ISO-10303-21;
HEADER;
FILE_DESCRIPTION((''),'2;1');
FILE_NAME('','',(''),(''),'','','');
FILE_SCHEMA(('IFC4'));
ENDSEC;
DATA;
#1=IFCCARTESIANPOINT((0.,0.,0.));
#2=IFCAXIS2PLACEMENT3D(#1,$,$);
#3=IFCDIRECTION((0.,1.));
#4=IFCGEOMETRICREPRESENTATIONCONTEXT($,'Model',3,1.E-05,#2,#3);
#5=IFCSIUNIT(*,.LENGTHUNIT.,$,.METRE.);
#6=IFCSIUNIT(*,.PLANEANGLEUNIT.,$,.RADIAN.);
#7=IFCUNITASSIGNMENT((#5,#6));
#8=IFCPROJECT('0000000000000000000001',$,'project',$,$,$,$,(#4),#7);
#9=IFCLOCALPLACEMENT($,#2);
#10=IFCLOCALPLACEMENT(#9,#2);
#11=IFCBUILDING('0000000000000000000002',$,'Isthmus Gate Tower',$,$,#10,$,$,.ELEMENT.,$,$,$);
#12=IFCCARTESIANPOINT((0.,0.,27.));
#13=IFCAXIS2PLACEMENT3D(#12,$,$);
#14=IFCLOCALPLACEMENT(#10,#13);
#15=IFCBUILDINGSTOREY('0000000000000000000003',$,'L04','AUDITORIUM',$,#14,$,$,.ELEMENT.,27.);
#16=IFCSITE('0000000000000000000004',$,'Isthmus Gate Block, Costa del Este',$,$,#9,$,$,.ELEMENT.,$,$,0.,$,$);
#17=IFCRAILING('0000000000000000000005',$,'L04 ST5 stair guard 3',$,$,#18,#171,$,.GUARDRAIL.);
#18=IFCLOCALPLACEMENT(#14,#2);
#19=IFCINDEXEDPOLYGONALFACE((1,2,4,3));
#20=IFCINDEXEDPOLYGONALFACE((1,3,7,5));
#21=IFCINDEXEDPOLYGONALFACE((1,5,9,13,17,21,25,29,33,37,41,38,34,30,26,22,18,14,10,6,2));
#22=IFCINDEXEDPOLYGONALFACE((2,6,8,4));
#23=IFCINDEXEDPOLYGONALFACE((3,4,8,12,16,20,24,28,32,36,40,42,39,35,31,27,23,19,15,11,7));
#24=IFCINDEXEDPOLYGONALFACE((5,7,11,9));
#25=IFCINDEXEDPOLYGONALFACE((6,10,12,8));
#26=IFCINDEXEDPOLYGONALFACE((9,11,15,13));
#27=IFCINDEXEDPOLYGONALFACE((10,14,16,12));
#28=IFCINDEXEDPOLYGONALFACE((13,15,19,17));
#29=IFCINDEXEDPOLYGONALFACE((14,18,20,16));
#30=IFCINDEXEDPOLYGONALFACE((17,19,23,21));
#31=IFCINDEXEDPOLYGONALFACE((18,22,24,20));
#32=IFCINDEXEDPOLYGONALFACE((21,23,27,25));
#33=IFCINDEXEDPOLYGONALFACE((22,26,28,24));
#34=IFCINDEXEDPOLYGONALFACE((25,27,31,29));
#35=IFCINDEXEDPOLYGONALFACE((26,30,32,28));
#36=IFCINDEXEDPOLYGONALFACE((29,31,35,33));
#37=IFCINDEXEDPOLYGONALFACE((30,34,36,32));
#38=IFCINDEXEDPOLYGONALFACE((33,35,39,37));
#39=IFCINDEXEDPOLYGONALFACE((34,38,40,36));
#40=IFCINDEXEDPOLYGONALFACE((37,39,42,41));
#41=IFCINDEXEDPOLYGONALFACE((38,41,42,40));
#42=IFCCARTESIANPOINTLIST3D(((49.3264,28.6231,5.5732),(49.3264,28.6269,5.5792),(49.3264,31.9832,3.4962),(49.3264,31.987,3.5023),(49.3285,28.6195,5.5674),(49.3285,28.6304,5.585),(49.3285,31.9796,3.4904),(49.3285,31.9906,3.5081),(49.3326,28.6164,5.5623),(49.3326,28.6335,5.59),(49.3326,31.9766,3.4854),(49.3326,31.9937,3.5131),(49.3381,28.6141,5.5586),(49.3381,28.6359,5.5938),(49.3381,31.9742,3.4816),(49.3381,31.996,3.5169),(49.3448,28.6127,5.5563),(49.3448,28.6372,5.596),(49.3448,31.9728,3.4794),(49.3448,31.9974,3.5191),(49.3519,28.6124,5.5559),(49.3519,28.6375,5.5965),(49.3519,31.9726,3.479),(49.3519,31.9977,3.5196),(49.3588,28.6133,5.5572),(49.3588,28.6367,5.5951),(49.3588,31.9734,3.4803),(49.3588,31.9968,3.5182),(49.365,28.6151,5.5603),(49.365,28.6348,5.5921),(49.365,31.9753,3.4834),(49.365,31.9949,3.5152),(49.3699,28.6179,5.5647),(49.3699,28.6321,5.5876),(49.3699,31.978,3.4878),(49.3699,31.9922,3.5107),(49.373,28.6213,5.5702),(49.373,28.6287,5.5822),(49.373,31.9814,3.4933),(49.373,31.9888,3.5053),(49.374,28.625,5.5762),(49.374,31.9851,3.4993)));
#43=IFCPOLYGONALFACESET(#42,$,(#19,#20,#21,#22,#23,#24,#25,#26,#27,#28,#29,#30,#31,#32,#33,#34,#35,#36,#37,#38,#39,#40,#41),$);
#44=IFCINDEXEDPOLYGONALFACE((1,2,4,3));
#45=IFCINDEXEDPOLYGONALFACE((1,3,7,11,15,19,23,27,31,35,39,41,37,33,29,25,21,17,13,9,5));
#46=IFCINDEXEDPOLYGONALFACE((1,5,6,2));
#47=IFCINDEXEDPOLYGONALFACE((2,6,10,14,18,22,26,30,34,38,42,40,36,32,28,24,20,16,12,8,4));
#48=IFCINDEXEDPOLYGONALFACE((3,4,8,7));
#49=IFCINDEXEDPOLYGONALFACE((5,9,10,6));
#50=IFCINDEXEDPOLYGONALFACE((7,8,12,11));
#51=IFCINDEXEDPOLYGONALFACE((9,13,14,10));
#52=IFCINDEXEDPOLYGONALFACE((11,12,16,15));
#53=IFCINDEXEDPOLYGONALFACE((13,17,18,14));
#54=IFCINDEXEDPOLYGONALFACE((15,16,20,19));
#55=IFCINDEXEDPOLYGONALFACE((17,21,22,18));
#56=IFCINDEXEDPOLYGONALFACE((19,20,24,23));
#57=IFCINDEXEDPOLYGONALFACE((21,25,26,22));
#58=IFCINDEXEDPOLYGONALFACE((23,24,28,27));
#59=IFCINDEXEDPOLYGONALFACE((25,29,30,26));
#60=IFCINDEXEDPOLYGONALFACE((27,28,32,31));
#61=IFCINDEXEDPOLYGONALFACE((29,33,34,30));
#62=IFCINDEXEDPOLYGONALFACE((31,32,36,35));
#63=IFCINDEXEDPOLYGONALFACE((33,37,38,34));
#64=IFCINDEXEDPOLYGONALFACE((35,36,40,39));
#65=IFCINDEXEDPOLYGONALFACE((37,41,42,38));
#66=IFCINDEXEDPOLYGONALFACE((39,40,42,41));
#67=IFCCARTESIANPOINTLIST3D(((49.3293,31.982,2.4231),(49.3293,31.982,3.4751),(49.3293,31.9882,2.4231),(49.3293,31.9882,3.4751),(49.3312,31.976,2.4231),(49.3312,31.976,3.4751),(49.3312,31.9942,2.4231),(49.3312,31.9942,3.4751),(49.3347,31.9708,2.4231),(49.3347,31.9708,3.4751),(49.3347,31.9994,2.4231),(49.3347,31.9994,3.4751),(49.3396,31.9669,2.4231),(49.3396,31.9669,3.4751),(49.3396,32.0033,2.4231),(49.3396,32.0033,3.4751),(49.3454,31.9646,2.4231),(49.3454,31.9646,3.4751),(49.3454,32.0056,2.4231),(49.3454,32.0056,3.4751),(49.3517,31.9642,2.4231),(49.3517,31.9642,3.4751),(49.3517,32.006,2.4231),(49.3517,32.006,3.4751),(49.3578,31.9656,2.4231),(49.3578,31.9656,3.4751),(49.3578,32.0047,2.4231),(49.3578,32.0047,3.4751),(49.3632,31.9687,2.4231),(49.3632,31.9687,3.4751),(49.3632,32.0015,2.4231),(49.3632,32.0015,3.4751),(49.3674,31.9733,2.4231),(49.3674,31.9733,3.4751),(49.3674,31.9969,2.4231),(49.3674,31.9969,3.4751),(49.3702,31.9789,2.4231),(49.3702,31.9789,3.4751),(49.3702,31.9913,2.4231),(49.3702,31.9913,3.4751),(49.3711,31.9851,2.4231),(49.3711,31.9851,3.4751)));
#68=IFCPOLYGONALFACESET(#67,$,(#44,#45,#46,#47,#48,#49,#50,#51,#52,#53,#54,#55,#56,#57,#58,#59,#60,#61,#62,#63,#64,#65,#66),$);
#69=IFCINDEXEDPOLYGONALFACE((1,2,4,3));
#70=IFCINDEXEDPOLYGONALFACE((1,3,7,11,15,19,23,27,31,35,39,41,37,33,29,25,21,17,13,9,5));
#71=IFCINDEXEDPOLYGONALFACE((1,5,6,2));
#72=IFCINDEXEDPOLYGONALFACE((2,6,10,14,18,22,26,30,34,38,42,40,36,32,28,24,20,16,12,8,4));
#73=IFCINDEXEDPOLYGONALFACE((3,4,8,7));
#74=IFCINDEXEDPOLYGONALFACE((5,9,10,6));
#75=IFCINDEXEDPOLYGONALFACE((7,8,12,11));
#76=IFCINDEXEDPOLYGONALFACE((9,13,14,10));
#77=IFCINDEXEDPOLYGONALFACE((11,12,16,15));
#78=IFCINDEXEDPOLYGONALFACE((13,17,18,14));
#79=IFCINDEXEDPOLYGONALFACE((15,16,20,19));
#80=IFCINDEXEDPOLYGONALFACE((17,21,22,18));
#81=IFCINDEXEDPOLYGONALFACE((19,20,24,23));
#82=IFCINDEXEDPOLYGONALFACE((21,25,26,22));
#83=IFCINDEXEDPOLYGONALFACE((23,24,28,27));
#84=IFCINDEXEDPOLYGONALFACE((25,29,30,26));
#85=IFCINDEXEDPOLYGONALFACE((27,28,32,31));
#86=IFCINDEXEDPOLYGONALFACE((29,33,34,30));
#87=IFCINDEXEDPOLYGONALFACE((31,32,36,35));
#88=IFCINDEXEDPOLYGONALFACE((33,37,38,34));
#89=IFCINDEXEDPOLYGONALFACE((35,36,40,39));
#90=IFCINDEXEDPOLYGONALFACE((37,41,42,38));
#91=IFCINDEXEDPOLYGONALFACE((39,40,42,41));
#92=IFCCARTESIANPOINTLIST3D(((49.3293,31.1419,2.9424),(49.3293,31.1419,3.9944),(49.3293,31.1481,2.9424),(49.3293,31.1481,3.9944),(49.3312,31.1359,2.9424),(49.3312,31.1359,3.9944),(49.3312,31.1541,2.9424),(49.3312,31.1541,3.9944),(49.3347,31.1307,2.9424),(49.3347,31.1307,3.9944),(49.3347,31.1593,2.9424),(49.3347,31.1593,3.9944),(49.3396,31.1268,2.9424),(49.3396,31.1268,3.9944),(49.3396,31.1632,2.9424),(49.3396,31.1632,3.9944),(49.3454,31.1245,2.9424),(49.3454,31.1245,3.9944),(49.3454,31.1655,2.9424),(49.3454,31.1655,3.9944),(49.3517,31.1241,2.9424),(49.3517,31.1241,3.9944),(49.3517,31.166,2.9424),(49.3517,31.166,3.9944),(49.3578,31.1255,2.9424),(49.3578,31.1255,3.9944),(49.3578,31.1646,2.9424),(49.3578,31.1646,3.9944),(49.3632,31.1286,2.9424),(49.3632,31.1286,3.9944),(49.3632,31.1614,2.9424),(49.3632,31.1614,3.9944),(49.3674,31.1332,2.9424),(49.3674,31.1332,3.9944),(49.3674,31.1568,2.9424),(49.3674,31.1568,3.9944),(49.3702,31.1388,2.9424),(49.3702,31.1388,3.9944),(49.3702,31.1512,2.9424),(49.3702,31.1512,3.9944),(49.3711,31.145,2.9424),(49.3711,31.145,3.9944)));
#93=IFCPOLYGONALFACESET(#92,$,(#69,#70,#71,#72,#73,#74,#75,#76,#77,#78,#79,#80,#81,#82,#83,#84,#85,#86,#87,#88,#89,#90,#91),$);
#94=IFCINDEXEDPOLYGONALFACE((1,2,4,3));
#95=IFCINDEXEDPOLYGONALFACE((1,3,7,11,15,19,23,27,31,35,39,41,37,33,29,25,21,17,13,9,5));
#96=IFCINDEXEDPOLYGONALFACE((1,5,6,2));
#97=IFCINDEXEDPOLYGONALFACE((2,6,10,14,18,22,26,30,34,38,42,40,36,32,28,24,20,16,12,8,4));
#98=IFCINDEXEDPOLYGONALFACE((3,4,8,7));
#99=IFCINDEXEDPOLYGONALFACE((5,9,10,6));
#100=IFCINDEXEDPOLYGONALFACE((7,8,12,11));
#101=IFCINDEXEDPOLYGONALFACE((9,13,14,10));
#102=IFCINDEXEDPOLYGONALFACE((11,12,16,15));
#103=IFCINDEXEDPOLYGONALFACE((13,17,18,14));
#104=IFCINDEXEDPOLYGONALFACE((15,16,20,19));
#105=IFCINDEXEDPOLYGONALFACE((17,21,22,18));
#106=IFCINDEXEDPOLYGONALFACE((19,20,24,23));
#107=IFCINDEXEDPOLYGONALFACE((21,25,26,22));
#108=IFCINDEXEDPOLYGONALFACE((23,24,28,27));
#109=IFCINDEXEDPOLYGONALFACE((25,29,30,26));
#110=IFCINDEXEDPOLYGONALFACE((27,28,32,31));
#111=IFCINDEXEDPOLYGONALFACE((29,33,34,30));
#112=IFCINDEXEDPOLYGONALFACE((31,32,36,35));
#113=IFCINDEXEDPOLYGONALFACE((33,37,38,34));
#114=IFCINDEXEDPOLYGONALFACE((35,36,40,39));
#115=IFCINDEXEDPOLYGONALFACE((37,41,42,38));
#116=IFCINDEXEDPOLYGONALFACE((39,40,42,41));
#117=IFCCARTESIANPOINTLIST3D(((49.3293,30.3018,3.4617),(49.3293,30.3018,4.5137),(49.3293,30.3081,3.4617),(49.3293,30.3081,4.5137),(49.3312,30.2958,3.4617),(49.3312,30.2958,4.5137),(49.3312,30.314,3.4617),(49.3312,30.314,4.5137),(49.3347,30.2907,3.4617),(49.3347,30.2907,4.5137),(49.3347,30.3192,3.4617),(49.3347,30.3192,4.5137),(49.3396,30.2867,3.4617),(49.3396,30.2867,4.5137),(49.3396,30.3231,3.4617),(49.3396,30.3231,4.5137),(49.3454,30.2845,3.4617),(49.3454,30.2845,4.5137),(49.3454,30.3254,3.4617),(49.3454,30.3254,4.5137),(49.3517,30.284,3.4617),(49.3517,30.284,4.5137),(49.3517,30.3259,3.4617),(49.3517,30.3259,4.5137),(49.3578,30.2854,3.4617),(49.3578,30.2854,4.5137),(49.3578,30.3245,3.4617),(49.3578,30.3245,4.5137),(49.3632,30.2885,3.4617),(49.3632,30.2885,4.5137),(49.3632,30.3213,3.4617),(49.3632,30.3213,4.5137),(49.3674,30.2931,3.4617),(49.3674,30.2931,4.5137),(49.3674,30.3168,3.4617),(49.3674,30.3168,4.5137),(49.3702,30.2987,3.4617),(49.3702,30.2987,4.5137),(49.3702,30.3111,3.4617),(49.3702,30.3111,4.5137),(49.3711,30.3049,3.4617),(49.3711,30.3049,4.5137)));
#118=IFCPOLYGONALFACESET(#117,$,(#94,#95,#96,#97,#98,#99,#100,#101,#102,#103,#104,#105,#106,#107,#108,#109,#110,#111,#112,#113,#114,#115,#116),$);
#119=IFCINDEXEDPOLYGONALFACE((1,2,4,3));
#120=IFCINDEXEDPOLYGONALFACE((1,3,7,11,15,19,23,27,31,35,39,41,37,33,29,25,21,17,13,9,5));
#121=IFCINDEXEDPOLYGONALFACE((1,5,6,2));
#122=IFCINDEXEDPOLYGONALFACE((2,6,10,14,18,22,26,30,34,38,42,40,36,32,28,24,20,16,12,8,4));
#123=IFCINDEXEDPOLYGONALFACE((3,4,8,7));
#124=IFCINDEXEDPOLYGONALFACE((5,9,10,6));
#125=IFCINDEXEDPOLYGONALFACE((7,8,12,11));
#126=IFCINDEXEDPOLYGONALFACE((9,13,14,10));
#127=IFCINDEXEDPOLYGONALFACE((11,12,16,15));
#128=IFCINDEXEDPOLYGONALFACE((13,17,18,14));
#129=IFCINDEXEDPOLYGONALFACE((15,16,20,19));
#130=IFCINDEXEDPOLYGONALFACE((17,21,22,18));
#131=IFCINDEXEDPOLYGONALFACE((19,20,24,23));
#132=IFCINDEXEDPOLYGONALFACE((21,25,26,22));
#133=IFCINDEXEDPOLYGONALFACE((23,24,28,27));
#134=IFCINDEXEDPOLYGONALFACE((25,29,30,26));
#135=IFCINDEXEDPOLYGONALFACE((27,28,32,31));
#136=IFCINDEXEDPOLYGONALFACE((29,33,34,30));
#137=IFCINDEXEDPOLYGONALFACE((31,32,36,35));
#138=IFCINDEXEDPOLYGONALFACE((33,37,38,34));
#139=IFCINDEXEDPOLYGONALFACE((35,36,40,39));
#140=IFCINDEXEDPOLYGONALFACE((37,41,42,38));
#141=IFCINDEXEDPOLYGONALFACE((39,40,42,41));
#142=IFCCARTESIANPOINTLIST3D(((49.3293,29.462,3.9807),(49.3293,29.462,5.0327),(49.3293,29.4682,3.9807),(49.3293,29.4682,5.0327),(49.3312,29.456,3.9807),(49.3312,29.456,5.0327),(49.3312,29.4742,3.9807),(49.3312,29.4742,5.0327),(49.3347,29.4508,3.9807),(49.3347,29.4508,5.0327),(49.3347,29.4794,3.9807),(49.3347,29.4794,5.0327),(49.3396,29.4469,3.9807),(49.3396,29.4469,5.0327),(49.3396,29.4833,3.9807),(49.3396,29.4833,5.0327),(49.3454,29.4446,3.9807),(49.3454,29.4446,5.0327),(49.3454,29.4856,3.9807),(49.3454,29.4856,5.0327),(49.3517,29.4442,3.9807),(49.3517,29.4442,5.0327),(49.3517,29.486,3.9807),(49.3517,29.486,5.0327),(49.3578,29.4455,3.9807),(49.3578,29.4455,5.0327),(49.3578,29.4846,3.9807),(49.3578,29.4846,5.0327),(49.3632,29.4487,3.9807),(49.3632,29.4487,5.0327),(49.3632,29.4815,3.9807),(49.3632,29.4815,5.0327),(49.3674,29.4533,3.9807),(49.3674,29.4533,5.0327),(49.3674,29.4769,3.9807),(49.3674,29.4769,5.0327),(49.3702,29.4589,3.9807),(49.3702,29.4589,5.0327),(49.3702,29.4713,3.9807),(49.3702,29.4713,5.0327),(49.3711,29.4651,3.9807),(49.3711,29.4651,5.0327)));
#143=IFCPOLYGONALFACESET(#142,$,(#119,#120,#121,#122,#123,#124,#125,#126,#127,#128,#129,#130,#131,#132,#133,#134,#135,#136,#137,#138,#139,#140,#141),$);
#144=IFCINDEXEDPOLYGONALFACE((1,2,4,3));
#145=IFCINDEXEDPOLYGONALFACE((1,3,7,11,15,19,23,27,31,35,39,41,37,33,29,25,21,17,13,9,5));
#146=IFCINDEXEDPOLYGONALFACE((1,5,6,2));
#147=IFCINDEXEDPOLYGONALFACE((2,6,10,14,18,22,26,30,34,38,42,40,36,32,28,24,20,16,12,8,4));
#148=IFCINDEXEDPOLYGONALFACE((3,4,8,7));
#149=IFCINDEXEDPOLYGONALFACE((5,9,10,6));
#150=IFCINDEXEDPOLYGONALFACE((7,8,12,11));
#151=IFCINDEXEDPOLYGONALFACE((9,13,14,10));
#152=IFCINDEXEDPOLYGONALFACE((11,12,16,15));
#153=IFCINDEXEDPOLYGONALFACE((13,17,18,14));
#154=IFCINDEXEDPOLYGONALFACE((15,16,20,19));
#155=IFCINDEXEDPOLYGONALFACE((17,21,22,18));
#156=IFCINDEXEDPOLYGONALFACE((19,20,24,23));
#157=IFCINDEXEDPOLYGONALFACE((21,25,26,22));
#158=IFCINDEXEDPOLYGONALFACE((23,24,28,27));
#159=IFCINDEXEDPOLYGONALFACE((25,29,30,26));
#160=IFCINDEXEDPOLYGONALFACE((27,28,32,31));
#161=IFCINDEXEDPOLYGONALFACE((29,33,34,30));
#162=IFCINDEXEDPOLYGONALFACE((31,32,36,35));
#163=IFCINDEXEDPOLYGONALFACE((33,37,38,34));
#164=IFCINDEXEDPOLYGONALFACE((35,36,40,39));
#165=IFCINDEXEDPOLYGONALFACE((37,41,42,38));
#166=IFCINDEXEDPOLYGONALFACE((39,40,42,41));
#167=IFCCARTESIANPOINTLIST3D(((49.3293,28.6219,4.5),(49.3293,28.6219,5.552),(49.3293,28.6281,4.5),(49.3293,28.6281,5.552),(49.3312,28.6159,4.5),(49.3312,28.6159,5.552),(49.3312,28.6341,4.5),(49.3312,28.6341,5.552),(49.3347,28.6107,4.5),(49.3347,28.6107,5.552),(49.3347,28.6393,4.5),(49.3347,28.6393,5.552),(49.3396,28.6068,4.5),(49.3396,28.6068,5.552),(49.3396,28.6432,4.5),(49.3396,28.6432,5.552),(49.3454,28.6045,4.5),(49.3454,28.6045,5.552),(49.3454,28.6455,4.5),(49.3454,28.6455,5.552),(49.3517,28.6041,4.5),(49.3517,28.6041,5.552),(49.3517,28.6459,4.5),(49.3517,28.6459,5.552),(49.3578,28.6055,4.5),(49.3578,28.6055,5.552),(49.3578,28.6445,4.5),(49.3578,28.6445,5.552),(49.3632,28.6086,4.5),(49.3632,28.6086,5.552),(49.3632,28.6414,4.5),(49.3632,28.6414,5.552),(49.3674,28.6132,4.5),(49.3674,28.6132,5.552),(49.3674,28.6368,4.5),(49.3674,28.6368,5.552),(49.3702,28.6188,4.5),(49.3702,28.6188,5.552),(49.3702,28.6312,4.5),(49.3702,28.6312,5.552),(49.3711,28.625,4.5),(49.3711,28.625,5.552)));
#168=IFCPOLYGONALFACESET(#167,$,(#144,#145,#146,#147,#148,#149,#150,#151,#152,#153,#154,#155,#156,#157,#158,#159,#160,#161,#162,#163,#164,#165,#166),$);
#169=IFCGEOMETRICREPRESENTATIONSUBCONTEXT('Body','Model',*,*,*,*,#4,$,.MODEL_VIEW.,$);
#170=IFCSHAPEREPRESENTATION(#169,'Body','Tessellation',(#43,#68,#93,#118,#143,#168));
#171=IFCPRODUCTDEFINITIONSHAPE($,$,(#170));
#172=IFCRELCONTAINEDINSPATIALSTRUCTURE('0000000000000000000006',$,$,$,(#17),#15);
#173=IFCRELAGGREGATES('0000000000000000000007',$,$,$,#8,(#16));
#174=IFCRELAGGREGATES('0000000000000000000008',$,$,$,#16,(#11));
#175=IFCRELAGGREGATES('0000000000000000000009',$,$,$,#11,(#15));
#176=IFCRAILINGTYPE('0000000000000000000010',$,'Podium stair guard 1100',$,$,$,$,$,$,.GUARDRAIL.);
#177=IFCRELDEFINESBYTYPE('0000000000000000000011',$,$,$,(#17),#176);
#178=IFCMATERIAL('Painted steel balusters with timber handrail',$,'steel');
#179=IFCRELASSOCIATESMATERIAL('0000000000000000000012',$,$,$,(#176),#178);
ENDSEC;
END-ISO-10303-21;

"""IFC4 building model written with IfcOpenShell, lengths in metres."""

from ifc_helpers import new_model, si_unit, direction, frame, origin, origin_2d, place, context, subcontext, project, spatial, circle, extrude, material, type_object, element, save


model = new_model("IFC4")

# Units and contexts
model_context = context("Model", 3, precision=1e-05, world=origin(), true_north=direction((0.0, 1.0)))
body_context = subcontext(model_context, "Body", "Model", "MODEL_VIEW")
ifc_project = project(units=[si_unit("LENGTHUNIT", "METRE"), si_unit("PLANEANGLEUNIT", "RADIAN")], contexts=[model_context])

# Site, building, storey
site_placement = place(None, origin())
site = spatial("IfcSite", under=ifc_project, at=site_placement, Name="Isthmus Gate Block, Costa del Este", CompositionType="ELEMENT", RefElevation=0.0)
building_placement = place(site_placement, origin())
building = spatial("IfcBuilding", under=site, at=building_placement, Name="Isthmus Gate Tower", CompositionType="ELEMENT")
storey_placement = place(building_placement, frame((0.0, 0.0, 27.0)))
storey = spatial("IfcBuildingStorey", under=building, at=storey_placement, Name="L04", Description="AUDITORIUM", CompositionType="ELEMENT", Elevation=27.0)

# Railing
ifc_material_1 = material(Name="Painted steel balusters with timber handrail", Category="steel")
railing_type_1 = type_object("IfcRailingType", Name="Podium stair guard 1100", PredefinedType="GUARDRAIL", material=ifc_material_1)
railing_1_placement = place(storey_placement, frame((49.3501, 31.9851, 2.4231)))
element("IfcRailing", 1, at=railing_1_placement, inside=storey, type_object=railing_type_1, Name="L04 ST5 stair guard 3", PredefinedType="GUARDRAIL", context=body_context, shape_type="SweptSolid", body=[
    extrude(circle(Radius=0.0239, at=origin_2d()), frame((0.0, 0.0, 1.0762), z_axis=(0.0, -0.850623, 0.525776), x_axis=(1.0, 0.0, 0.0)), (0.0, 0.0, 1.0), 3.9502),
    extrude(circle(Radius=0.021, at=origin_2d()), origin(), (0.0, 0.0, 1.0), 1.052),
    extrude(circle(Radius=0.021, at=origin_2d()), frame((0.0, -0.8401, 0.5193)), (0.0, 0.0, 1.0), 1.052),
    extrude(circle(Radius=0.021, at=origin_2d()), frame((0.0, -1.6802, 1.0386)), (0.0, 0.0, 1.0), 1.052),
    extrude(circle(Radius=0.021, at=origin_2d()), frame((0.0, -2.52, 1.5576)), (0.0, 0.0, 1.0), 1.052),
    extrude(circle(Radius=0.021, at=origin_2d()), frame((0.0, -3.3601, 2.0769)), (0.0, 0.0, 1.0), 1.052),
])

save(model, "model.ifc")
